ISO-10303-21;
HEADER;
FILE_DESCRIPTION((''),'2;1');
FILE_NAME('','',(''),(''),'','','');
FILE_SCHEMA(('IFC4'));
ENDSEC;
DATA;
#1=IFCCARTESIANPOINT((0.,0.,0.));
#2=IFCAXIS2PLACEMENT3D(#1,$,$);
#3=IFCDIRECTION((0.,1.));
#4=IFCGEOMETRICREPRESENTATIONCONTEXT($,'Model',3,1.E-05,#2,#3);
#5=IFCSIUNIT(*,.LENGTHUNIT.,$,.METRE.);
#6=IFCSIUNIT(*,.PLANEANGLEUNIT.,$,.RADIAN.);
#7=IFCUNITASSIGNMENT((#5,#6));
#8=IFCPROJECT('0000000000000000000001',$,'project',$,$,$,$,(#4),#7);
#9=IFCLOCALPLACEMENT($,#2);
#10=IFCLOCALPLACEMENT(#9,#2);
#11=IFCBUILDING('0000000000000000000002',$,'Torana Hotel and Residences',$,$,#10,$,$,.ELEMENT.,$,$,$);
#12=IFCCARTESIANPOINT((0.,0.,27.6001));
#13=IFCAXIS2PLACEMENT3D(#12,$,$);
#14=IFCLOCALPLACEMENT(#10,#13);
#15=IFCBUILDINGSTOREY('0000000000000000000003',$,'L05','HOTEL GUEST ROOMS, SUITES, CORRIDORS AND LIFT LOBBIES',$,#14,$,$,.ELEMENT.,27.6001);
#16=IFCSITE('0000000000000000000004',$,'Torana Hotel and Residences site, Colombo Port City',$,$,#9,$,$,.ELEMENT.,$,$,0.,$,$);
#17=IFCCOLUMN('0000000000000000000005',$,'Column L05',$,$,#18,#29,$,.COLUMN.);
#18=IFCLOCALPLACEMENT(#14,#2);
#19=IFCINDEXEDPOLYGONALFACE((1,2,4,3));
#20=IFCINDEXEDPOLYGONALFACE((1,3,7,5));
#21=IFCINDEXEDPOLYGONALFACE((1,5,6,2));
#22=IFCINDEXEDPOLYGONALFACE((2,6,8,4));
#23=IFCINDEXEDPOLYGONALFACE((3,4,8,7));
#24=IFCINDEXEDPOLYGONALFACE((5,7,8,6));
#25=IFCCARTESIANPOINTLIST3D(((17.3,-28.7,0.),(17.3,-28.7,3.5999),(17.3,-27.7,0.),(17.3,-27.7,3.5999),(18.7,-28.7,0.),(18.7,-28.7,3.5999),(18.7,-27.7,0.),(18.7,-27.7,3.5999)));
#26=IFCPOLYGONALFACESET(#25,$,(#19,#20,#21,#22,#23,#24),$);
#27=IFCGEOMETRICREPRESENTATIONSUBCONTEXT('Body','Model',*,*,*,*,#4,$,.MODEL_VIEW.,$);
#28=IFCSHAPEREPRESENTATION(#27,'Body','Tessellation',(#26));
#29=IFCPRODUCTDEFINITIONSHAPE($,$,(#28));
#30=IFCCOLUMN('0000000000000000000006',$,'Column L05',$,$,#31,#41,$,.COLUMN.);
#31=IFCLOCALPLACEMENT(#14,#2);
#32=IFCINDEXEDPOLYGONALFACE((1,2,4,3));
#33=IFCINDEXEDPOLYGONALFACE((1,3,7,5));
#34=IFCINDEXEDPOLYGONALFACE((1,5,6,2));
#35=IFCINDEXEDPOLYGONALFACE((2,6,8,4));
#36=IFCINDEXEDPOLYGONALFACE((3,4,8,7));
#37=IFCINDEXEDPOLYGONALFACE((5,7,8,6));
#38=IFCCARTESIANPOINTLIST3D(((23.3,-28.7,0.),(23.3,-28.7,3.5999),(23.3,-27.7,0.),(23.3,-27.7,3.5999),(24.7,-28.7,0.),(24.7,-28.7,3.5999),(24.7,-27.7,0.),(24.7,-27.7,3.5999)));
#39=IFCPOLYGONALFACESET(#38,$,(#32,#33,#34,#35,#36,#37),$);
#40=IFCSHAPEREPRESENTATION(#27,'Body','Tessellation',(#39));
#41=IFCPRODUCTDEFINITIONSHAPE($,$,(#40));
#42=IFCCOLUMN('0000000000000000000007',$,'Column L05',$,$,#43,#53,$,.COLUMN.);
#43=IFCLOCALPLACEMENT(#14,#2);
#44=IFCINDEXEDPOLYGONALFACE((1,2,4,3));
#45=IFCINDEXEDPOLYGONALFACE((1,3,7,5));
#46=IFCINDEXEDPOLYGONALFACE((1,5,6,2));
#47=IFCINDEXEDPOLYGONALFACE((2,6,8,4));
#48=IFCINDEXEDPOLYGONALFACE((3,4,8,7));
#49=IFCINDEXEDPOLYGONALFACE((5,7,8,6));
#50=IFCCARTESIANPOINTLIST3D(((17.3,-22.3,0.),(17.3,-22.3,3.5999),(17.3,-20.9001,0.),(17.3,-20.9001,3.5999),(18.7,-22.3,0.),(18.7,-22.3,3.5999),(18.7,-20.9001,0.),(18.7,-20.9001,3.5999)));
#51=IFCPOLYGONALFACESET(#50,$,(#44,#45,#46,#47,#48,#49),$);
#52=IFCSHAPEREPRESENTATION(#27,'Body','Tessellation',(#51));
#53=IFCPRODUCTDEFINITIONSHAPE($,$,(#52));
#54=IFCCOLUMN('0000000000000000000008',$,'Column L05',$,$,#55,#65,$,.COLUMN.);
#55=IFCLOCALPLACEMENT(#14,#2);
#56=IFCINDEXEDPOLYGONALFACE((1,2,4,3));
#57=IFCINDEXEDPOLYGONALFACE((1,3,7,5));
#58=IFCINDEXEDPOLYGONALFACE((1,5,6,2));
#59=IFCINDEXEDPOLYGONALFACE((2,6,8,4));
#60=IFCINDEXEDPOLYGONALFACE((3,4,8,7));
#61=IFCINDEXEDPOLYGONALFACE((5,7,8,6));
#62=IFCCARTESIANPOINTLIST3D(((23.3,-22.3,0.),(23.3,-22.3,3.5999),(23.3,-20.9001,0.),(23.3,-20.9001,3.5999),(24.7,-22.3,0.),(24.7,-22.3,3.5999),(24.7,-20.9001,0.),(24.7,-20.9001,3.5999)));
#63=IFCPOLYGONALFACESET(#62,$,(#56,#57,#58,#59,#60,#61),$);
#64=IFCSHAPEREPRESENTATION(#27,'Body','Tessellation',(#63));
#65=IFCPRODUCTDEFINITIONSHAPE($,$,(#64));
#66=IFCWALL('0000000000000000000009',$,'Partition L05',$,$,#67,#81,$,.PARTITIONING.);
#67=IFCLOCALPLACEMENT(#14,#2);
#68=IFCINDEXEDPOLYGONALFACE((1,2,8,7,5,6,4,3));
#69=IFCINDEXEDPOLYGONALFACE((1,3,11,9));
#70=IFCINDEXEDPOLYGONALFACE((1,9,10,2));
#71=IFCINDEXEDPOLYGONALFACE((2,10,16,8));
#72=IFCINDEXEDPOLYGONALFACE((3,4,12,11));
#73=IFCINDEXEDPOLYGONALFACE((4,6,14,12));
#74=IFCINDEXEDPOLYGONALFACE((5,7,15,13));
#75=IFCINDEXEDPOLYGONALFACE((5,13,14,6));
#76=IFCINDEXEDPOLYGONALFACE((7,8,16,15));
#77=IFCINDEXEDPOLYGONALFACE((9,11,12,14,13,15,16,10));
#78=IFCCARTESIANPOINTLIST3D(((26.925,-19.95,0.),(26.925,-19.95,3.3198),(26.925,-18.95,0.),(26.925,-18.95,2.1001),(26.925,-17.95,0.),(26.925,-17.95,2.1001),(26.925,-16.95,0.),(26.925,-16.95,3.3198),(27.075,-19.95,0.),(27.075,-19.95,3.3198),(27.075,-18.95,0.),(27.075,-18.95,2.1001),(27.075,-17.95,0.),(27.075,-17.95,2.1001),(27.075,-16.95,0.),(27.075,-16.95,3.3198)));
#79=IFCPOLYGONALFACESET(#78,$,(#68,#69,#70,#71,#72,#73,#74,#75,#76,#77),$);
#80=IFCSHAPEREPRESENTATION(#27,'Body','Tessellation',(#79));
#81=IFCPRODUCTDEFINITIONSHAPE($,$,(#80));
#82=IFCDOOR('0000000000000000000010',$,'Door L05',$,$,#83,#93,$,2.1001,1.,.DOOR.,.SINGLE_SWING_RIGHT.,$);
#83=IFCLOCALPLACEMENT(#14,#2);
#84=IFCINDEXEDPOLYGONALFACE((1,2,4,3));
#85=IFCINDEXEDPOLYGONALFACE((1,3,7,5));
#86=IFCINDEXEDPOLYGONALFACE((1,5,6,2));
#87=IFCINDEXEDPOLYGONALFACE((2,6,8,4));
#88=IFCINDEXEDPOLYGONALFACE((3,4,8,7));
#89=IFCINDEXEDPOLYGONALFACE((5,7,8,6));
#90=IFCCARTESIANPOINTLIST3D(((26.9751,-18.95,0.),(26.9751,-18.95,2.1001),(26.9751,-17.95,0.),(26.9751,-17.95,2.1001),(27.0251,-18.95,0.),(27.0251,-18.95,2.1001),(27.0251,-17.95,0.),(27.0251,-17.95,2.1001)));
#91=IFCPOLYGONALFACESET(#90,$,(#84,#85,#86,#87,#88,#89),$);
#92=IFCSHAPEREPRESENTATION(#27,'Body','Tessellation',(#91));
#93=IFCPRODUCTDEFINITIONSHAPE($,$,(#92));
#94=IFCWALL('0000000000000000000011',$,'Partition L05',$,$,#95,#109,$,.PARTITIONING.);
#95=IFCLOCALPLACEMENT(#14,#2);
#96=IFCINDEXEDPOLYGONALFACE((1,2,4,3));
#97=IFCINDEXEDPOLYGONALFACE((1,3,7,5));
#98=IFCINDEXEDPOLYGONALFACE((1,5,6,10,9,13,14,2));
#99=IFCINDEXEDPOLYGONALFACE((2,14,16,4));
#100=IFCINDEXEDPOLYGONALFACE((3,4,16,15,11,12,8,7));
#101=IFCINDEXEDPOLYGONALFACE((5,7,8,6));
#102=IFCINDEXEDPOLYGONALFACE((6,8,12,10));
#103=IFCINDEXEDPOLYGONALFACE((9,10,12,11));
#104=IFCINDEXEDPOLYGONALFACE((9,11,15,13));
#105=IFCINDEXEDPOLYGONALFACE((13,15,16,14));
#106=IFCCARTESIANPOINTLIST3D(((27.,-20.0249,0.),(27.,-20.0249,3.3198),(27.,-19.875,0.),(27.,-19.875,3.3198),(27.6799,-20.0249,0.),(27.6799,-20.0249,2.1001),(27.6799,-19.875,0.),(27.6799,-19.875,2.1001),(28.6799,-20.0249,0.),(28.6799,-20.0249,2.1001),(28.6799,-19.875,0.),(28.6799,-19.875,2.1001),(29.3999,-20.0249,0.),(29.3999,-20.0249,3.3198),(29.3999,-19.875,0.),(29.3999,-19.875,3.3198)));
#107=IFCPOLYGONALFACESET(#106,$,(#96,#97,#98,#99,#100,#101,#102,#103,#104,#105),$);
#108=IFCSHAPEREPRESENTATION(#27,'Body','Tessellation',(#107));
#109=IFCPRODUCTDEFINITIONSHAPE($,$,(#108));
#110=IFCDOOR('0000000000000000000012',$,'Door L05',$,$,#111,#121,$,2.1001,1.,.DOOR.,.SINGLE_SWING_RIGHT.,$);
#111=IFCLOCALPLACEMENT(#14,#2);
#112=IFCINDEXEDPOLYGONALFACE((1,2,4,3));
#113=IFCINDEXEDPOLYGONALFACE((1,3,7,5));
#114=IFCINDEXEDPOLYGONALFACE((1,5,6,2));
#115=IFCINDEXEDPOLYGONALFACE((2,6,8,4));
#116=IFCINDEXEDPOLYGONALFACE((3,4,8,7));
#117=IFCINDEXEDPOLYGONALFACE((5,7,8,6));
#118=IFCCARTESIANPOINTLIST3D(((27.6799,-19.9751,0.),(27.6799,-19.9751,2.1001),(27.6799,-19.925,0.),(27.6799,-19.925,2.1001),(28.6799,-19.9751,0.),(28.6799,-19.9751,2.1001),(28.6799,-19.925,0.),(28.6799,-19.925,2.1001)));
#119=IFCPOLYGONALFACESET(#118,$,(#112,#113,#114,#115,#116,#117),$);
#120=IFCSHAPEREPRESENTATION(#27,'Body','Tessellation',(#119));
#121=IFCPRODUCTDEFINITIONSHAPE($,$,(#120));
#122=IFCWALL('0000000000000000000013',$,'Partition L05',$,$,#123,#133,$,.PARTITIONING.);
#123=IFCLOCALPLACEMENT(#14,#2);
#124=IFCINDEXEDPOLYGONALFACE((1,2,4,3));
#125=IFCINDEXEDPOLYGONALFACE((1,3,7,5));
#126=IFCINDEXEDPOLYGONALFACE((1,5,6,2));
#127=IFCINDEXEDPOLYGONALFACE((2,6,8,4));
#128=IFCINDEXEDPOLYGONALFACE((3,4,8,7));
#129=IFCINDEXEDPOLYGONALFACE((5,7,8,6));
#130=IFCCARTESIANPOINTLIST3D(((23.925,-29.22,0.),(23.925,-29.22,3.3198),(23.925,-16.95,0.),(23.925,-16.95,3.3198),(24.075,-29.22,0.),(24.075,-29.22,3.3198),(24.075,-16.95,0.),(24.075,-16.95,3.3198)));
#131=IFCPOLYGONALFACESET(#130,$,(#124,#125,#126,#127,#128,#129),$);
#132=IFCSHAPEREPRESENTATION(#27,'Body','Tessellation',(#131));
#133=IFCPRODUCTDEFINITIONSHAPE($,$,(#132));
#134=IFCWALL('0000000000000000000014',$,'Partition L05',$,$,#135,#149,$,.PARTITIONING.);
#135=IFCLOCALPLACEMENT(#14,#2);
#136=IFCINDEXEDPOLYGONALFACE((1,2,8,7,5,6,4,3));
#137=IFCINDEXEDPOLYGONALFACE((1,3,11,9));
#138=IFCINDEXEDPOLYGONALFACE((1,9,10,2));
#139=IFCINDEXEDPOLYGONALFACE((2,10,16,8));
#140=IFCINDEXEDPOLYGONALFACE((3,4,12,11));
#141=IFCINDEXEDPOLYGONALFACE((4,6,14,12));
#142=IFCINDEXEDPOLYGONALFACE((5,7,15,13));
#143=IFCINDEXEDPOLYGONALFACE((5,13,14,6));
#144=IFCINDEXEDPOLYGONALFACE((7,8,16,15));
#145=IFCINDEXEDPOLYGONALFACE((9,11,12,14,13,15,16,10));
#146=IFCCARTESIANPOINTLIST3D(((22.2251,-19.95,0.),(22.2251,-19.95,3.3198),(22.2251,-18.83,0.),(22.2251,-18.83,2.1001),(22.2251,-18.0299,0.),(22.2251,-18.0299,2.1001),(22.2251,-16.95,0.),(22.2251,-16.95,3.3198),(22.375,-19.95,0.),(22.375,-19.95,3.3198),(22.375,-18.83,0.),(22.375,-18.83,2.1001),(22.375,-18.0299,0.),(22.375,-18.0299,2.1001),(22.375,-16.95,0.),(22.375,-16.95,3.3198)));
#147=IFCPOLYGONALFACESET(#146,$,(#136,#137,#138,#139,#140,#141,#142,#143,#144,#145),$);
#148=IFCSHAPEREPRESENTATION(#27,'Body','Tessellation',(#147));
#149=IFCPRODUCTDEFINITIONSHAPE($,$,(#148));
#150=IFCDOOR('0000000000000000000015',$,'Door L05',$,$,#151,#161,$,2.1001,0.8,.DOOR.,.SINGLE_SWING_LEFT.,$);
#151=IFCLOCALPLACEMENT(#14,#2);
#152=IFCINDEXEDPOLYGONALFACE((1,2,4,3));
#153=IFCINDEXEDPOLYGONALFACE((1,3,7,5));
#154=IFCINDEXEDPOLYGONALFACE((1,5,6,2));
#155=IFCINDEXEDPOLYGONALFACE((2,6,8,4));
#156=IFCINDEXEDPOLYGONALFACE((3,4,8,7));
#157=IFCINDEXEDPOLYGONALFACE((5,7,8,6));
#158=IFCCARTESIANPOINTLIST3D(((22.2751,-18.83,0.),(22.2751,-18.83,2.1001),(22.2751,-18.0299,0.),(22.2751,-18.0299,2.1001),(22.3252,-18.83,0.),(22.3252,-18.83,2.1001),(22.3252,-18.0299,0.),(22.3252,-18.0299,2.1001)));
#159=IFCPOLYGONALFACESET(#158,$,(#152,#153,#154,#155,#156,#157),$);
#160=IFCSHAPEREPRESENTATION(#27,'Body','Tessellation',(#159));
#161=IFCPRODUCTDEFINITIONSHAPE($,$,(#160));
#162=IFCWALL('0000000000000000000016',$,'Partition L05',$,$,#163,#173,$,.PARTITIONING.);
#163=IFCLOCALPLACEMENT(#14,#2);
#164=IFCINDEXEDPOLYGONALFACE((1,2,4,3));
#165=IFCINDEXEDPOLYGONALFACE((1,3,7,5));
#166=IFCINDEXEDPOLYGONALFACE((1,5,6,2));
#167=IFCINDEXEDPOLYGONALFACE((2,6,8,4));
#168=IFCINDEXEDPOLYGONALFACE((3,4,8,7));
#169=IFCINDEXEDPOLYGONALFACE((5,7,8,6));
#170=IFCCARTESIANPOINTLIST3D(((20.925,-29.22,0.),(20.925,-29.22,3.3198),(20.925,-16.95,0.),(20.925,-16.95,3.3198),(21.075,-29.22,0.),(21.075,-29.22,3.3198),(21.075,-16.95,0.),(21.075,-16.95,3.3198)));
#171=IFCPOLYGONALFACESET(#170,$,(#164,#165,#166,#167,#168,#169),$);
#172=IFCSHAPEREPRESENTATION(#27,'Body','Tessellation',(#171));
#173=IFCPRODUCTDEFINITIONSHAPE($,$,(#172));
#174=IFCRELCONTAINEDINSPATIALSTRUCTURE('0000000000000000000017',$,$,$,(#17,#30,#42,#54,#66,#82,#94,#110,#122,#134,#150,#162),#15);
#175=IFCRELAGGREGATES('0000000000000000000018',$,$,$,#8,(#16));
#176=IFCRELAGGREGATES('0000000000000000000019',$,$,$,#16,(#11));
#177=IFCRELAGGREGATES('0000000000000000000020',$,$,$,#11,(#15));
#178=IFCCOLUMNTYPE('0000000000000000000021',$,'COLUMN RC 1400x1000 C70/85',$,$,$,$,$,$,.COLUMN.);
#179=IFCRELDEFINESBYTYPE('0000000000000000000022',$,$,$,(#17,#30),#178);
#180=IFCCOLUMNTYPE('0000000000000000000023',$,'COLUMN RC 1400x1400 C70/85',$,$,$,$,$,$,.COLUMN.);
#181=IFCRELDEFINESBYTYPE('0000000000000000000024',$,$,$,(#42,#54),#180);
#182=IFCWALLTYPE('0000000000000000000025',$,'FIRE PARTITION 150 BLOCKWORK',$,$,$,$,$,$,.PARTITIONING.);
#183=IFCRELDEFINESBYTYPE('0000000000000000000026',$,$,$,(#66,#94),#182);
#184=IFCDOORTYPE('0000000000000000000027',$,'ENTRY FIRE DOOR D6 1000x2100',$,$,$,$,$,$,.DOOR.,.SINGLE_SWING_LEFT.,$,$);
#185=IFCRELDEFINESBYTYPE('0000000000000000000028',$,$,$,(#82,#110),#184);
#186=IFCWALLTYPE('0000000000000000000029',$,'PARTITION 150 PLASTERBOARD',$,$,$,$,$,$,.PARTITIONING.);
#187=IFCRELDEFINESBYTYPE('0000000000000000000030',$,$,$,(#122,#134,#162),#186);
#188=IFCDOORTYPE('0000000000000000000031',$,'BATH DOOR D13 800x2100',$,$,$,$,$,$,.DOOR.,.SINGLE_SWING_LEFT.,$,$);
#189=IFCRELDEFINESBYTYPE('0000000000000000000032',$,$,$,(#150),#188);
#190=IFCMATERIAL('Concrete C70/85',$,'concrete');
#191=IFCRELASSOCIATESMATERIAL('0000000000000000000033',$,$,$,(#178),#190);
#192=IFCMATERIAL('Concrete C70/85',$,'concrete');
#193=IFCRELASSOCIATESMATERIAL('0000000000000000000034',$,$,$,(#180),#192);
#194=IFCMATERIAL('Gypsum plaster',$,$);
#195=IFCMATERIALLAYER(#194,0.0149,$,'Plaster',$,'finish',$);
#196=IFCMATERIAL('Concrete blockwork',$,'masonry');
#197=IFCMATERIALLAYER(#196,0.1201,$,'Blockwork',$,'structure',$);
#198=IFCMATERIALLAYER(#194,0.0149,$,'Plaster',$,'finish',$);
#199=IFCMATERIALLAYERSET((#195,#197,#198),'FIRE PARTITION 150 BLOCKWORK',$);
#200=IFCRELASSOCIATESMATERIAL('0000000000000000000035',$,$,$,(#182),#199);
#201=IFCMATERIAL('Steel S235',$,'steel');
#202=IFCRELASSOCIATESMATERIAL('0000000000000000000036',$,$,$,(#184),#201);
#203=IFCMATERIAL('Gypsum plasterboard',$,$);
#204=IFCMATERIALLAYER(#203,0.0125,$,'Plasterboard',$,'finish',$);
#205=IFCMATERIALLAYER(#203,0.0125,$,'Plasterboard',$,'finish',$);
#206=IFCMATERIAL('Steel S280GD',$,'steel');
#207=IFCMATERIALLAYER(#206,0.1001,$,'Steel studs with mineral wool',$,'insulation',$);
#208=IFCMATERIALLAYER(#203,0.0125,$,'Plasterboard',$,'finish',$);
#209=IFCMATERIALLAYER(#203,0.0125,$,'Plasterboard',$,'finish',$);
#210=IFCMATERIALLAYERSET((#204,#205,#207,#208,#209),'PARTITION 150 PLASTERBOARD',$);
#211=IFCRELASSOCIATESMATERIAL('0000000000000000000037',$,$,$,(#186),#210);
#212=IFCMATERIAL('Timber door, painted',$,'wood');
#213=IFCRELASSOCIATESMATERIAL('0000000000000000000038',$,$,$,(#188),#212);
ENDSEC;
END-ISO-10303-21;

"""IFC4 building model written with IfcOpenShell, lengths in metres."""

from ifc_helpers import new_model, si_unit, direction, frame, frame_2d, origin, origin_2d, place, context, subcontext, project, spatial, rectangle, extrude, material, layer, layer_set, material_profile, profile_set, type_object, element, fill, save


model = new_model("IFC4")

# Units and contexts
model_context = context("Model", 3, precision=1e-05, world=origin(), true_north=direction((0.0, 1.0)))
body_context = subcontext(model_context, "Body", "Model", "MODEL_VIEW")
ifc_project = project(units=[si_unit("LENGTHUNIT", "METRE"), si_unit("PLANEANGLEUNIT", "RADIAN")], contexts=[model_context])

# Site, building, storey
site_placement = place(None, origin())
site = spatial("IfcSite", under=ifc_project, at=site_placement, Name="Torana Hotel and Residences site, Colombo Port City", CompositionType="ELEMENT", RefElevation=0.0)
building_placement = place(site_placement, origin())
building = spatial("IfcBuilding", under=site, at=building_placement, Name="Torana Hotel and Residences", CompositionType="ELEMENT")
storey_placement = place(building_placement, frame((0.0, 0.0, 27.6001)))
storey = spatial("IfcBuildingStorey", under=building, at=storey_placement, Name="L05", Description="HOTEL GUEST ROOMS, SUITES, CORRIDORS AND LIFT LOBBIES", CompositionType="ELEMENT", Elevation=27.6001)

# Columns
ifc_material_1 = material(Name="Concrete C70/85", Category="concrete")
ifc_material_profile_1 = material_profile(ifc_material_1, rectangle(XDim=1.3999, YDim=1.0, at=origin_2d()), Name="RC 1400x1000")
ifc_profile_set_1 = profile_set([ifc_material_profile_1], Name="Concrete C70/85")
column_type_1 = type_object("IfcColumnType", Name="COLUMN RC 1400x1000 C70/85", PredefinedType="COLUMN", material=ifc_profile_set_1)
for number, where, z_axis, x_axis, name in (
    (1, (18.0, -28.2, 0.0), (0.0, 0.0, 1.0), (1.0, 0.0, 0.0), "Column L05"),
    (2, (24.0, -28.2, 0.0), (0.0, 0.0, 1.0), (1.0, 0.0, 0.0), "Column L05"),
):
    element("IfcColumn", number, at=place(storey_placement, frame(where, z_axis=z_axis, x_axis=x_axis)), inside=storey, type_object=column_type_1, Name=name, PredefinedType="COLUMN", context=body_context, shape_type="SweptSolid", body=[
        extrude(rectangle(XDim=1.3999, YDim=1.0, at=origin_2d()), origin(), (0.0, 0.0, 1.0), 3.5999),
    ])
ifc_material_2 = material(Name="Concrete C70/85", Category="concrete")
ifc_material_profile_2 = material_profile(ifc_material_2, rectangle(XDim=1.3999, YDim=1.3999, at=origin_2d()), Name="RC 1400x1400")
ifc_profile_set_2 = profile_set([ifc_material_profile_2], Name="Concrete C70/85")
column_type_2 = type_object("IfcColumnType", Name="COLUMN RC 1400x1400 C70/85", PredefinedType="COLUMN", material=ifc_profile_set_2)
for number, where, z_axis, x_axis, name in (
    (3, (18.0, -21.6001, 0.0), (0.0, 0.0, 1.0), (1.0, 0.0, 0.0), "Column L05"),
    (4, (24.0, -21.6001, 0.0), (0.0, 0.0, 1.0), (1.0, 0.0, 0.0), "Column L05"),
):
    element("IfcColumn", number, at=place(storey_placement, frame(where, z_axis=z_axis, x_axis=x_axis)), inside=storey, type_object=column_type_2, Name=name, PredefinedType="COLUMN", context=body_context, shape_type="SweptSolid", body=[
        extrude(rectangle(XDim=1.3999, YDim=1.3999, at=origin_2d()), origin(), (0.0, 0.0, 1.0), 3.5999),
    ])

# Walls, openings, doors
ifc_material_3 = material(Name="Gypsum plaster")
ifc_layer_1 = layer(ifc_material_3, 0.0149, Name="Plaster", Category="finish")
ifc_material_4 = material(Name="Concrete blockwork", Category="masonry")
ifc_layer_2 = layer(ifc_material_4, 0.1201, Name="Blockwork", Category="structure")
ifc_layer_3 = layer(ifc_material_3, 0.0149, Name="Plaster", Category="finish")
ifc_layer_set_1 = layer_set([ifc_layer_1, ifc_layer_2, ifc_layer_3], Name="FIRE PARTITION 150 BLOCKWORK")
wall_type_1 = type_object("IfcWallType", Name="FIRE PARTITION 150 BLOCKWORK", PredefinedType="PARTITIONING", material=ifc_layer_set_1)
wall_1_placement = place(storey_placement, frame((27.0, -19.95, 0.0), z_axis=(0.0, 0.0, 1.0), x_axis=(0.0, 1.0, 0.0)))
wall_1 = element("IfcWall", 5, at=wall_1_placement, inside=storey, type_object=wall_type_1, Name="Partition L05", PredefinedType="PARTITIONING", context=body_context, shape_type="SweptSolid", body=[
    extrude(rectangle(XDim=3.0, YDim=0.1499, at=frame_2d((1.5, 0.0))), origin(), (0.0, 0.0, 1.0), 3.3198),
])
opening_1_placement = place(wall_1_placement, frame((1.0, 0.0, 0.0)))
opening_1 = element("IfcOpeningElement", 6, at=opening_1_placement, cuts=wall_1, PredefinedType="OPENING", context=body_context, shape_type="SweptSolid", body=[
    extrude(rectangle(XDim=1.0, YDim=2.1001, at=frame_2d((0.5, 1.05))), frame((0.0, 0.085, 0.0), z_axis=(0.0, -1.0, 0.0), x_axis=(1.0, 0.0, 0.0)), (0.0, 0.0, 1.0), 0.1699),
])
ifc_material_5 = material(Name="Steel S235", Category="steel")
door_type_1 = type_object("IfcDoorType", Name="ENTRY FIRE DOOR D6 1000x2100", OperationType="SINGLE_SWING_LEFT", PredefinedType="DOOR", material=ifc_material_5)
door_1_placement = place(opening_1_placement, origin())
door_1 = element("IfcDoor", 7, at=door_1_placement, inside=storey, type_object=door_type_1, Name="Door L05", OperationType="SINGLE_SWING_RIGHT", OverallHeight=2.1001, OverallWidth=1.0, PredefinedType="DOOR", context=body_context, shape_type="SweptSolid", body=[
    extrude(rectangle(XDim=1.0, YDim=2.1001, at=frame_2d((0.5, 1.05))), frame((0.0, 0.0249, 0.0), z_axis=(0.0, -1.0, 0.0), x_axis=(1.0, 0.0, 0.0)), (0.0, 0.0, 1.0), 0.05),
])
fill(opening_1, door_1)
wall_2_placement = place(storey_placement, frame((27.0, -19.95, 0.0), z_axis=(0.0, 0.0, 1.0), x_axis=(1.0, 0.0, 0.0)))
wall_2 = element("IfcWall", 8, at=wall_2_placement, inside=storey, type_object=wall_type_1, Name="Partition L05", PredefinedType="PARTITIONING", context=body_context, shape_type="SweptSolid", body=[
    extrude(rectangle(XDim=2.3999, YDim=0.1499, at=frame_2d((1.2, 0.0))), origin(), (0.0, 0.0, 1.0), 3.3198),
])
opening_2_placement = place(wall_2_placement, frame((0.6799, 0.0, 0.0)))
opening_2 = element("IfcOpeningElement", 9, at=opening_2_placement, cuts=wall_2, PredefinedType="OPENING", context=body_context, shape_type="SweptSolid", body=[
    extrude(rectangle(XDim=1.0, YDim=2.1001, at=frame_2d((0.5, 1.05))), frame((0.0, 0.085, 0.0), z_axis=(0.0, -1.0, 0.0), x_axis=(1.0, 0.0, 0.0)), (0.0, 0.0, 1.0), 0.1699),
])
door_2_placement = place(opening_2_placement, frame((0.5, 0.0, 0.0), z_axis=(0.0, 0.0, 1.0), x_axis=(-1.0, 0.0, 0.0)))
door_2 = element("IfcDoor", 10, at=door_2_placement, inside=storey, type_object=door_type_1, Name="Door L05", OperationType="SINGLE_SWING_RIGHT", OverallHeight=2.1001, OverallWidth=1.0, PredefinedType="DOOR", context=body_context, shape_type="SweptSolid", body=[
    extrude(rectangle(XDim=1.0, YDim=2.1001, at=frame_2d((0.0, 1.05))), frame((0.0, -0.0249, 0.0), z_axis=(0.0, 1.0, 0.0), x_axis=(-1.0, 0.0, 0.0)), (0.0, 0.0, 1.0), 0.05),
])
fill(opening_2, door_2)

# Wall
ifc_material_6 = material(Name="Gypsum plasterboard")
ifc_layer_4 = layer(ifc_material_6, 0.0125, Name="Plasterboard", Category="finish")
ifc_layer_5 = layer(ifc_material_6, 0.0125, Name="Plasterboard", Category="finish")
ifc_material_7 = material(Name="Steel S280GD", Category="steel")
ifc_layer_6 = layer(ifc_material_7, 0.1001, Name="Steel studs with mineral wool", Category="insulation")
ifc_layer_7 = layer(ifc_material_6, 0.0125, Name="Plasterboard", Category="finish")
ifc_layer_8 = layer(ifc_material_6, 0.0125, Name="Plasterboard", Category="finish")
ifc_layer_set_2 = layer_set([ifc_layer_4, ifc_layer_5, ifc_layer_6, ifc_layer_7, ifc_layer_8], Name="PARTITION 150 PLASTERBOARD")
wall_type_2 = type_object("IfcWallType", Name="PARTITION 150 PLASTERBOARD", PredefinedType="PARTITIONING", material=ifc_layer_set_2)
wall_3_placement = place(storey_placement, frame((24.0, -29.22, 0.0), z_axis=(0.0, 0.0, 1.0), x_axis=(0.0, 1.0, 0.0)))
element("IfcWall", 11, at=wall_3_placement, inside=storey, type_object=wall_type_2, Name="Partition L05", PredefinedType="PARTITIONING", context=body_context, shape_type="SweptSolid", body=[
    extrude(rectangle(XDim=12.27, YDim=0.1499, at=frame_2d((6.135, 0.0))), origin(), (0.0, 0.0, 1.0), 3.3198),
])

# Wall, opening, door
wall_4_placement = place(storey_placement, frame((22.3, -19.95, 0.0), z_axis=(0.0, 0.0, 1.0), x_axis=(0.0, 1.0, 0.0)))
wall_4 = element("IfcWall", 12, at=wall_4_placement, inside=storey, type_object=wall_type_2, Name="Partition L05", PredefinedType="PARTITIONING", context=body_context, shape_type="SweptSolid", body=[
    extrude(rectangle(XDim=3.0, YDim=0.1499, at=frame_2d((1.5, 0.0))), origin(), (0.0, 0.0, 1.0), 3.3198),
])
opening_3_placement = place(wall_4_placement, frame((1.1201, 0.0, 0.0)))
opening_3 = element("IfcOpeningElement", 13, at=opening_3_placement, cuts=wall_4, PredefinedType="OPENING", context=body_context, shape_type="SweptSolid", body=[
    extrude(rectangle(XDim=0.8, YDim=2.1001, at=frame_2d((0.3999, 1.05))), frame((0.0, 0.085, 0.0), z_axis=(0.0, -1.0, 0.0), x_axis=(1.0, 0.0, 0.0)), (0.0, 0.0, 1.0), 0.1699),
])
ifc_material_8 = material(Name="Timber door, painted", Category="wood")
door_type_2 = type_object("IfcDoorType", Name="BATH DOOR D13 800x2100", OperationType="SINGLE_SWING_LEFT", PredefinedType="DOOR", material=ifc_material_8)
door_3_placement = place(opening_3_placement, origin())
door_3 = element("IfcDoor", 14, at=door_3_placement, inside=storey, type_object=door_type_2, Name="Door L05", OperationType="SINGLE_SWING_LEFT", OverallHeight=2.1001, OverallWidth=0.8, PredefinedType="DOOR", context=body_context, shape_type="SweptSolid", body=[
    extrude(rectangle(XDim=0.8, YDim=2.1001, at=frame_2d((0.3999, 1.05))), frame((0.0, 0.0249, 0.0), z_axis=(0.0, -1.0, 0.0), x_axis=(1.0, 0.0, 0.0)), (0.0, 0.0, 1.0), 0.05),
])
fill(opening_3, door_3)

# Wall
wall_5_placement = place(storey_placement, frame((21.0, -29.22, 0.0), z_axis=(0.0, 0.0, 1.0), x_axis=(0.0, 1.0, 0.0)))
element("IfcWall", 15, at=wall_5_placement, inside=storey, type_object=wall_type_2, Name="Partition L05", PredefinedType="PARTITIONING", context=body_context, shape_type="SweptSolid", body=[
    extrude(rectangle(XDim=12.27, YDim=0.1499, at=frame_2d((6.135, 0.0))), origin(), (0.0, 0.0, 1.0), 3.3198),
])

save(model, "model.ifc")
